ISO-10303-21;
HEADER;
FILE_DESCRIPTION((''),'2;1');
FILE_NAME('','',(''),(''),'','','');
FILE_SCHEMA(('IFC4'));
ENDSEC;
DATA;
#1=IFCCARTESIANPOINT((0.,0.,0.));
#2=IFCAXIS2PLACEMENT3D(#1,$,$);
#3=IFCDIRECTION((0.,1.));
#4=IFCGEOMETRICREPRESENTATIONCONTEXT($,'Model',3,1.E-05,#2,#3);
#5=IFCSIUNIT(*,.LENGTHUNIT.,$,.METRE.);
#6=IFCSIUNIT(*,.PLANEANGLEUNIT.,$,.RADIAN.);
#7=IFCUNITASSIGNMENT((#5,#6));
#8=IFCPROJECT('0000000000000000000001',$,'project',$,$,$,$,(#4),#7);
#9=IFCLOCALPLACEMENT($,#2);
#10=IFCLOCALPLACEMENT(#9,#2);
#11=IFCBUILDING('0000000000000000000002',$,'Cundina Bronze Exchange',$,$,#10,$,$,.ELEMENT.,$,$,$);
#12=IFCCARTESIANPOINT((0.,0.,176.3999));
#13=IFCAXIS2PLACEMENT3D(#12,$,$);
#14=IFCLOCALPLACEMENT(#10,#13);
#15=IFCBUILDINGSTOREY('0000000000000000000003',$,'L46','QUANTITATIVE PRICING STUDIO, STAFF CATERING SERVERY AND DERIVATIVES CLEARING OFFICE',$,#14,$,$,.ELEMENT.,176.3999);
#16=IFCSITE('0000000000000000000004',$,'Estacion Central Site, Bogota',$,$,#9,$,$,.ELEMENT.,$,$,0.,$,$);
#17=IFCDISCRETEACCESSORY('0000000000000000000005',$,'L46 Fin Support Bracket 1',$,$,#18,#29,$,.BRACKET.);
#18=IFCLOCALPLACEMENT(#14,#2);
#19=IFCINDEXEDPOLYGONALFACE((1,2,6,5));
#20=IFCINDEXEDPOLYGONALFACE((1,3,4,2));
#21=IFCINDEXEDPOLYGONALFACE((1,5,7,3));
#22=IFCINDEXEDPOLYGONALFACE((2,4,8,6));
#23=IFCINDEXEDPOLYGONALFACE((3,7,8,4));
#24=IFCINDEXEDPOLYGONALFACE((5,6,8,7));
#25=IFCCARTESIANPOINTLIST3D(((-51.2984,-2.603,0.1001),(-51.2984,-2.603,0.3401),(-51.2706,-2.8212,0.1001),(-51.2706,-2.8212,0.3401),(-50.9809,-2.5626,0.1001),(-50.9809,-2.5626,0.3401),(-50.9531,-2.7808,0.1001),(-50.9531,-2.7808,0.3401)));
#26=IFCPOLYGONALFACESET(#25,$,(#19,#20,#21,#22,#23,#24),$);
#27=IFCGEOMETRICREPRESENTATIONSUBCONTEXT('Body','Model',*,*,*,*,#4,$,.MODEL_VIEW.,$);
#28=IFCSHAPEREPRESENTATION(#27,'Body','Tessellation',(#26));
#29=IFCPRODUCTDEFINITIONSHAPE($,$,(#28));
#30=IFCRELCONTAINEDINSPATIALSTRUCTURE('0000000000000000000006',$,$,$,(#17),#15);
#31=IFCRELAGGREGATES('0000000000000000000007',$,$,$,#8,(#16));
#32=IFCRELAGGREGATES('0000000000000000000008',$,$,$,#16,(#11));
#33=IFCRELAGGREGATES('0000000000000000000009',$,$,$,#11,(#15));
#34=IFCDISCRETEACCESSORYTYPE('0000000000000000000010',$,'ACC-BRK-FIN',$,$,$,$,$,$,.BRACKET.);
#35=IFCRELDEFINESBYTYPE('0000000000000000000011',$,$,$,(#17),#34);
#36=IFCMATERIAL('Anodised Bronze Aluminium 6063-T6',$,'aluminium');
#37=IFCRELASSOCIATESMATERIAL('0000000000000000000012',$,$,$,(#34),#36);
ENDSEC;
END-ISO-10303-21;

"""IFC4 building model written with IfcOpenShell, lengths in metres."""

from ifc_helpers import new_model, si_unit, direction, frame, origin, origin_2d, place, context, subcontext, project, spatial, rectangle, extrude, material, type_object, element, save


model = new_model("IFC4")

# Units and contexts
model_context = context("Model", 3, precision=1e-05, world=origin(), true_north=direction((0.0, 1.0)))
body_context = subcontext(model_context, "Body", "Model", "MODEL_VIEW")
ifc_project = project(units=[si_unit("LENGTHUNIT", "METRE"), si_unit("PLANEANGLEUNIT", "RADIAN")], contexts=[model_context])

# Site, building, storey
site_placement = place(None, origin())
site = spatial("IfcSite", under=ifc_project, at=site_placement, Name="Estacion Central Site, Bogota", CompositionType="ELEMENT", RefElevation=0.0)
building_placement = place(site_placement, origin())
building = spatial("IfcBuilding", under=site, at=building_placement, Name="Cundina Bronze Exchange", CompositionType="ELEMENT")
storey_placement = place(building_placement, frame((0.0, 0.0, 176.3999)))
storey = spatial("IfcBuildingStorey", under=building, at=storey_placement, Name="L46", Description="QUANTITATIVE PRICING STUDIO, STAFF CATERING SERVERY AND DERIVATIVES CLEARING OFFICE", CompositionType="ELEMENT", Elevation=176.3999)

# Shared definitions
ifc_material_1 = material(Name="Anodised Bronze Aluminium 6063-T6", Category="aluminium")

# Discrete accessory
discrete_accessory_type = type_object("IfcDiscreteAccessoryType", Name="ACC-BRK-FIN", PredefinedType="BRACKET", material=ifc_material_1)
discrete_accessory_placement = place(storey_placement, frame((-51.1257, -2.6919, 0.1001), z_axis=(0.0, 0.0, 1.0), x_axis=(0.126476, -0.99197, 0.0)))
element("IfcDiscreteAccessory", 1, at=discrete_accessory_placement, inside=storey, type_object=discrete_accessory_type, Name="L46 Fin Support Bracket 1", PredefinedType="BRACKET", context=body_context, shape_type="SweptSolid", body=[
    extrude(rectangle(XDim=0.22, YDim=0.3201, at=origin_2d()), origin(), (0.0, 0.0, 1.0), 0.24),
])

save(model, "model.ifc")
